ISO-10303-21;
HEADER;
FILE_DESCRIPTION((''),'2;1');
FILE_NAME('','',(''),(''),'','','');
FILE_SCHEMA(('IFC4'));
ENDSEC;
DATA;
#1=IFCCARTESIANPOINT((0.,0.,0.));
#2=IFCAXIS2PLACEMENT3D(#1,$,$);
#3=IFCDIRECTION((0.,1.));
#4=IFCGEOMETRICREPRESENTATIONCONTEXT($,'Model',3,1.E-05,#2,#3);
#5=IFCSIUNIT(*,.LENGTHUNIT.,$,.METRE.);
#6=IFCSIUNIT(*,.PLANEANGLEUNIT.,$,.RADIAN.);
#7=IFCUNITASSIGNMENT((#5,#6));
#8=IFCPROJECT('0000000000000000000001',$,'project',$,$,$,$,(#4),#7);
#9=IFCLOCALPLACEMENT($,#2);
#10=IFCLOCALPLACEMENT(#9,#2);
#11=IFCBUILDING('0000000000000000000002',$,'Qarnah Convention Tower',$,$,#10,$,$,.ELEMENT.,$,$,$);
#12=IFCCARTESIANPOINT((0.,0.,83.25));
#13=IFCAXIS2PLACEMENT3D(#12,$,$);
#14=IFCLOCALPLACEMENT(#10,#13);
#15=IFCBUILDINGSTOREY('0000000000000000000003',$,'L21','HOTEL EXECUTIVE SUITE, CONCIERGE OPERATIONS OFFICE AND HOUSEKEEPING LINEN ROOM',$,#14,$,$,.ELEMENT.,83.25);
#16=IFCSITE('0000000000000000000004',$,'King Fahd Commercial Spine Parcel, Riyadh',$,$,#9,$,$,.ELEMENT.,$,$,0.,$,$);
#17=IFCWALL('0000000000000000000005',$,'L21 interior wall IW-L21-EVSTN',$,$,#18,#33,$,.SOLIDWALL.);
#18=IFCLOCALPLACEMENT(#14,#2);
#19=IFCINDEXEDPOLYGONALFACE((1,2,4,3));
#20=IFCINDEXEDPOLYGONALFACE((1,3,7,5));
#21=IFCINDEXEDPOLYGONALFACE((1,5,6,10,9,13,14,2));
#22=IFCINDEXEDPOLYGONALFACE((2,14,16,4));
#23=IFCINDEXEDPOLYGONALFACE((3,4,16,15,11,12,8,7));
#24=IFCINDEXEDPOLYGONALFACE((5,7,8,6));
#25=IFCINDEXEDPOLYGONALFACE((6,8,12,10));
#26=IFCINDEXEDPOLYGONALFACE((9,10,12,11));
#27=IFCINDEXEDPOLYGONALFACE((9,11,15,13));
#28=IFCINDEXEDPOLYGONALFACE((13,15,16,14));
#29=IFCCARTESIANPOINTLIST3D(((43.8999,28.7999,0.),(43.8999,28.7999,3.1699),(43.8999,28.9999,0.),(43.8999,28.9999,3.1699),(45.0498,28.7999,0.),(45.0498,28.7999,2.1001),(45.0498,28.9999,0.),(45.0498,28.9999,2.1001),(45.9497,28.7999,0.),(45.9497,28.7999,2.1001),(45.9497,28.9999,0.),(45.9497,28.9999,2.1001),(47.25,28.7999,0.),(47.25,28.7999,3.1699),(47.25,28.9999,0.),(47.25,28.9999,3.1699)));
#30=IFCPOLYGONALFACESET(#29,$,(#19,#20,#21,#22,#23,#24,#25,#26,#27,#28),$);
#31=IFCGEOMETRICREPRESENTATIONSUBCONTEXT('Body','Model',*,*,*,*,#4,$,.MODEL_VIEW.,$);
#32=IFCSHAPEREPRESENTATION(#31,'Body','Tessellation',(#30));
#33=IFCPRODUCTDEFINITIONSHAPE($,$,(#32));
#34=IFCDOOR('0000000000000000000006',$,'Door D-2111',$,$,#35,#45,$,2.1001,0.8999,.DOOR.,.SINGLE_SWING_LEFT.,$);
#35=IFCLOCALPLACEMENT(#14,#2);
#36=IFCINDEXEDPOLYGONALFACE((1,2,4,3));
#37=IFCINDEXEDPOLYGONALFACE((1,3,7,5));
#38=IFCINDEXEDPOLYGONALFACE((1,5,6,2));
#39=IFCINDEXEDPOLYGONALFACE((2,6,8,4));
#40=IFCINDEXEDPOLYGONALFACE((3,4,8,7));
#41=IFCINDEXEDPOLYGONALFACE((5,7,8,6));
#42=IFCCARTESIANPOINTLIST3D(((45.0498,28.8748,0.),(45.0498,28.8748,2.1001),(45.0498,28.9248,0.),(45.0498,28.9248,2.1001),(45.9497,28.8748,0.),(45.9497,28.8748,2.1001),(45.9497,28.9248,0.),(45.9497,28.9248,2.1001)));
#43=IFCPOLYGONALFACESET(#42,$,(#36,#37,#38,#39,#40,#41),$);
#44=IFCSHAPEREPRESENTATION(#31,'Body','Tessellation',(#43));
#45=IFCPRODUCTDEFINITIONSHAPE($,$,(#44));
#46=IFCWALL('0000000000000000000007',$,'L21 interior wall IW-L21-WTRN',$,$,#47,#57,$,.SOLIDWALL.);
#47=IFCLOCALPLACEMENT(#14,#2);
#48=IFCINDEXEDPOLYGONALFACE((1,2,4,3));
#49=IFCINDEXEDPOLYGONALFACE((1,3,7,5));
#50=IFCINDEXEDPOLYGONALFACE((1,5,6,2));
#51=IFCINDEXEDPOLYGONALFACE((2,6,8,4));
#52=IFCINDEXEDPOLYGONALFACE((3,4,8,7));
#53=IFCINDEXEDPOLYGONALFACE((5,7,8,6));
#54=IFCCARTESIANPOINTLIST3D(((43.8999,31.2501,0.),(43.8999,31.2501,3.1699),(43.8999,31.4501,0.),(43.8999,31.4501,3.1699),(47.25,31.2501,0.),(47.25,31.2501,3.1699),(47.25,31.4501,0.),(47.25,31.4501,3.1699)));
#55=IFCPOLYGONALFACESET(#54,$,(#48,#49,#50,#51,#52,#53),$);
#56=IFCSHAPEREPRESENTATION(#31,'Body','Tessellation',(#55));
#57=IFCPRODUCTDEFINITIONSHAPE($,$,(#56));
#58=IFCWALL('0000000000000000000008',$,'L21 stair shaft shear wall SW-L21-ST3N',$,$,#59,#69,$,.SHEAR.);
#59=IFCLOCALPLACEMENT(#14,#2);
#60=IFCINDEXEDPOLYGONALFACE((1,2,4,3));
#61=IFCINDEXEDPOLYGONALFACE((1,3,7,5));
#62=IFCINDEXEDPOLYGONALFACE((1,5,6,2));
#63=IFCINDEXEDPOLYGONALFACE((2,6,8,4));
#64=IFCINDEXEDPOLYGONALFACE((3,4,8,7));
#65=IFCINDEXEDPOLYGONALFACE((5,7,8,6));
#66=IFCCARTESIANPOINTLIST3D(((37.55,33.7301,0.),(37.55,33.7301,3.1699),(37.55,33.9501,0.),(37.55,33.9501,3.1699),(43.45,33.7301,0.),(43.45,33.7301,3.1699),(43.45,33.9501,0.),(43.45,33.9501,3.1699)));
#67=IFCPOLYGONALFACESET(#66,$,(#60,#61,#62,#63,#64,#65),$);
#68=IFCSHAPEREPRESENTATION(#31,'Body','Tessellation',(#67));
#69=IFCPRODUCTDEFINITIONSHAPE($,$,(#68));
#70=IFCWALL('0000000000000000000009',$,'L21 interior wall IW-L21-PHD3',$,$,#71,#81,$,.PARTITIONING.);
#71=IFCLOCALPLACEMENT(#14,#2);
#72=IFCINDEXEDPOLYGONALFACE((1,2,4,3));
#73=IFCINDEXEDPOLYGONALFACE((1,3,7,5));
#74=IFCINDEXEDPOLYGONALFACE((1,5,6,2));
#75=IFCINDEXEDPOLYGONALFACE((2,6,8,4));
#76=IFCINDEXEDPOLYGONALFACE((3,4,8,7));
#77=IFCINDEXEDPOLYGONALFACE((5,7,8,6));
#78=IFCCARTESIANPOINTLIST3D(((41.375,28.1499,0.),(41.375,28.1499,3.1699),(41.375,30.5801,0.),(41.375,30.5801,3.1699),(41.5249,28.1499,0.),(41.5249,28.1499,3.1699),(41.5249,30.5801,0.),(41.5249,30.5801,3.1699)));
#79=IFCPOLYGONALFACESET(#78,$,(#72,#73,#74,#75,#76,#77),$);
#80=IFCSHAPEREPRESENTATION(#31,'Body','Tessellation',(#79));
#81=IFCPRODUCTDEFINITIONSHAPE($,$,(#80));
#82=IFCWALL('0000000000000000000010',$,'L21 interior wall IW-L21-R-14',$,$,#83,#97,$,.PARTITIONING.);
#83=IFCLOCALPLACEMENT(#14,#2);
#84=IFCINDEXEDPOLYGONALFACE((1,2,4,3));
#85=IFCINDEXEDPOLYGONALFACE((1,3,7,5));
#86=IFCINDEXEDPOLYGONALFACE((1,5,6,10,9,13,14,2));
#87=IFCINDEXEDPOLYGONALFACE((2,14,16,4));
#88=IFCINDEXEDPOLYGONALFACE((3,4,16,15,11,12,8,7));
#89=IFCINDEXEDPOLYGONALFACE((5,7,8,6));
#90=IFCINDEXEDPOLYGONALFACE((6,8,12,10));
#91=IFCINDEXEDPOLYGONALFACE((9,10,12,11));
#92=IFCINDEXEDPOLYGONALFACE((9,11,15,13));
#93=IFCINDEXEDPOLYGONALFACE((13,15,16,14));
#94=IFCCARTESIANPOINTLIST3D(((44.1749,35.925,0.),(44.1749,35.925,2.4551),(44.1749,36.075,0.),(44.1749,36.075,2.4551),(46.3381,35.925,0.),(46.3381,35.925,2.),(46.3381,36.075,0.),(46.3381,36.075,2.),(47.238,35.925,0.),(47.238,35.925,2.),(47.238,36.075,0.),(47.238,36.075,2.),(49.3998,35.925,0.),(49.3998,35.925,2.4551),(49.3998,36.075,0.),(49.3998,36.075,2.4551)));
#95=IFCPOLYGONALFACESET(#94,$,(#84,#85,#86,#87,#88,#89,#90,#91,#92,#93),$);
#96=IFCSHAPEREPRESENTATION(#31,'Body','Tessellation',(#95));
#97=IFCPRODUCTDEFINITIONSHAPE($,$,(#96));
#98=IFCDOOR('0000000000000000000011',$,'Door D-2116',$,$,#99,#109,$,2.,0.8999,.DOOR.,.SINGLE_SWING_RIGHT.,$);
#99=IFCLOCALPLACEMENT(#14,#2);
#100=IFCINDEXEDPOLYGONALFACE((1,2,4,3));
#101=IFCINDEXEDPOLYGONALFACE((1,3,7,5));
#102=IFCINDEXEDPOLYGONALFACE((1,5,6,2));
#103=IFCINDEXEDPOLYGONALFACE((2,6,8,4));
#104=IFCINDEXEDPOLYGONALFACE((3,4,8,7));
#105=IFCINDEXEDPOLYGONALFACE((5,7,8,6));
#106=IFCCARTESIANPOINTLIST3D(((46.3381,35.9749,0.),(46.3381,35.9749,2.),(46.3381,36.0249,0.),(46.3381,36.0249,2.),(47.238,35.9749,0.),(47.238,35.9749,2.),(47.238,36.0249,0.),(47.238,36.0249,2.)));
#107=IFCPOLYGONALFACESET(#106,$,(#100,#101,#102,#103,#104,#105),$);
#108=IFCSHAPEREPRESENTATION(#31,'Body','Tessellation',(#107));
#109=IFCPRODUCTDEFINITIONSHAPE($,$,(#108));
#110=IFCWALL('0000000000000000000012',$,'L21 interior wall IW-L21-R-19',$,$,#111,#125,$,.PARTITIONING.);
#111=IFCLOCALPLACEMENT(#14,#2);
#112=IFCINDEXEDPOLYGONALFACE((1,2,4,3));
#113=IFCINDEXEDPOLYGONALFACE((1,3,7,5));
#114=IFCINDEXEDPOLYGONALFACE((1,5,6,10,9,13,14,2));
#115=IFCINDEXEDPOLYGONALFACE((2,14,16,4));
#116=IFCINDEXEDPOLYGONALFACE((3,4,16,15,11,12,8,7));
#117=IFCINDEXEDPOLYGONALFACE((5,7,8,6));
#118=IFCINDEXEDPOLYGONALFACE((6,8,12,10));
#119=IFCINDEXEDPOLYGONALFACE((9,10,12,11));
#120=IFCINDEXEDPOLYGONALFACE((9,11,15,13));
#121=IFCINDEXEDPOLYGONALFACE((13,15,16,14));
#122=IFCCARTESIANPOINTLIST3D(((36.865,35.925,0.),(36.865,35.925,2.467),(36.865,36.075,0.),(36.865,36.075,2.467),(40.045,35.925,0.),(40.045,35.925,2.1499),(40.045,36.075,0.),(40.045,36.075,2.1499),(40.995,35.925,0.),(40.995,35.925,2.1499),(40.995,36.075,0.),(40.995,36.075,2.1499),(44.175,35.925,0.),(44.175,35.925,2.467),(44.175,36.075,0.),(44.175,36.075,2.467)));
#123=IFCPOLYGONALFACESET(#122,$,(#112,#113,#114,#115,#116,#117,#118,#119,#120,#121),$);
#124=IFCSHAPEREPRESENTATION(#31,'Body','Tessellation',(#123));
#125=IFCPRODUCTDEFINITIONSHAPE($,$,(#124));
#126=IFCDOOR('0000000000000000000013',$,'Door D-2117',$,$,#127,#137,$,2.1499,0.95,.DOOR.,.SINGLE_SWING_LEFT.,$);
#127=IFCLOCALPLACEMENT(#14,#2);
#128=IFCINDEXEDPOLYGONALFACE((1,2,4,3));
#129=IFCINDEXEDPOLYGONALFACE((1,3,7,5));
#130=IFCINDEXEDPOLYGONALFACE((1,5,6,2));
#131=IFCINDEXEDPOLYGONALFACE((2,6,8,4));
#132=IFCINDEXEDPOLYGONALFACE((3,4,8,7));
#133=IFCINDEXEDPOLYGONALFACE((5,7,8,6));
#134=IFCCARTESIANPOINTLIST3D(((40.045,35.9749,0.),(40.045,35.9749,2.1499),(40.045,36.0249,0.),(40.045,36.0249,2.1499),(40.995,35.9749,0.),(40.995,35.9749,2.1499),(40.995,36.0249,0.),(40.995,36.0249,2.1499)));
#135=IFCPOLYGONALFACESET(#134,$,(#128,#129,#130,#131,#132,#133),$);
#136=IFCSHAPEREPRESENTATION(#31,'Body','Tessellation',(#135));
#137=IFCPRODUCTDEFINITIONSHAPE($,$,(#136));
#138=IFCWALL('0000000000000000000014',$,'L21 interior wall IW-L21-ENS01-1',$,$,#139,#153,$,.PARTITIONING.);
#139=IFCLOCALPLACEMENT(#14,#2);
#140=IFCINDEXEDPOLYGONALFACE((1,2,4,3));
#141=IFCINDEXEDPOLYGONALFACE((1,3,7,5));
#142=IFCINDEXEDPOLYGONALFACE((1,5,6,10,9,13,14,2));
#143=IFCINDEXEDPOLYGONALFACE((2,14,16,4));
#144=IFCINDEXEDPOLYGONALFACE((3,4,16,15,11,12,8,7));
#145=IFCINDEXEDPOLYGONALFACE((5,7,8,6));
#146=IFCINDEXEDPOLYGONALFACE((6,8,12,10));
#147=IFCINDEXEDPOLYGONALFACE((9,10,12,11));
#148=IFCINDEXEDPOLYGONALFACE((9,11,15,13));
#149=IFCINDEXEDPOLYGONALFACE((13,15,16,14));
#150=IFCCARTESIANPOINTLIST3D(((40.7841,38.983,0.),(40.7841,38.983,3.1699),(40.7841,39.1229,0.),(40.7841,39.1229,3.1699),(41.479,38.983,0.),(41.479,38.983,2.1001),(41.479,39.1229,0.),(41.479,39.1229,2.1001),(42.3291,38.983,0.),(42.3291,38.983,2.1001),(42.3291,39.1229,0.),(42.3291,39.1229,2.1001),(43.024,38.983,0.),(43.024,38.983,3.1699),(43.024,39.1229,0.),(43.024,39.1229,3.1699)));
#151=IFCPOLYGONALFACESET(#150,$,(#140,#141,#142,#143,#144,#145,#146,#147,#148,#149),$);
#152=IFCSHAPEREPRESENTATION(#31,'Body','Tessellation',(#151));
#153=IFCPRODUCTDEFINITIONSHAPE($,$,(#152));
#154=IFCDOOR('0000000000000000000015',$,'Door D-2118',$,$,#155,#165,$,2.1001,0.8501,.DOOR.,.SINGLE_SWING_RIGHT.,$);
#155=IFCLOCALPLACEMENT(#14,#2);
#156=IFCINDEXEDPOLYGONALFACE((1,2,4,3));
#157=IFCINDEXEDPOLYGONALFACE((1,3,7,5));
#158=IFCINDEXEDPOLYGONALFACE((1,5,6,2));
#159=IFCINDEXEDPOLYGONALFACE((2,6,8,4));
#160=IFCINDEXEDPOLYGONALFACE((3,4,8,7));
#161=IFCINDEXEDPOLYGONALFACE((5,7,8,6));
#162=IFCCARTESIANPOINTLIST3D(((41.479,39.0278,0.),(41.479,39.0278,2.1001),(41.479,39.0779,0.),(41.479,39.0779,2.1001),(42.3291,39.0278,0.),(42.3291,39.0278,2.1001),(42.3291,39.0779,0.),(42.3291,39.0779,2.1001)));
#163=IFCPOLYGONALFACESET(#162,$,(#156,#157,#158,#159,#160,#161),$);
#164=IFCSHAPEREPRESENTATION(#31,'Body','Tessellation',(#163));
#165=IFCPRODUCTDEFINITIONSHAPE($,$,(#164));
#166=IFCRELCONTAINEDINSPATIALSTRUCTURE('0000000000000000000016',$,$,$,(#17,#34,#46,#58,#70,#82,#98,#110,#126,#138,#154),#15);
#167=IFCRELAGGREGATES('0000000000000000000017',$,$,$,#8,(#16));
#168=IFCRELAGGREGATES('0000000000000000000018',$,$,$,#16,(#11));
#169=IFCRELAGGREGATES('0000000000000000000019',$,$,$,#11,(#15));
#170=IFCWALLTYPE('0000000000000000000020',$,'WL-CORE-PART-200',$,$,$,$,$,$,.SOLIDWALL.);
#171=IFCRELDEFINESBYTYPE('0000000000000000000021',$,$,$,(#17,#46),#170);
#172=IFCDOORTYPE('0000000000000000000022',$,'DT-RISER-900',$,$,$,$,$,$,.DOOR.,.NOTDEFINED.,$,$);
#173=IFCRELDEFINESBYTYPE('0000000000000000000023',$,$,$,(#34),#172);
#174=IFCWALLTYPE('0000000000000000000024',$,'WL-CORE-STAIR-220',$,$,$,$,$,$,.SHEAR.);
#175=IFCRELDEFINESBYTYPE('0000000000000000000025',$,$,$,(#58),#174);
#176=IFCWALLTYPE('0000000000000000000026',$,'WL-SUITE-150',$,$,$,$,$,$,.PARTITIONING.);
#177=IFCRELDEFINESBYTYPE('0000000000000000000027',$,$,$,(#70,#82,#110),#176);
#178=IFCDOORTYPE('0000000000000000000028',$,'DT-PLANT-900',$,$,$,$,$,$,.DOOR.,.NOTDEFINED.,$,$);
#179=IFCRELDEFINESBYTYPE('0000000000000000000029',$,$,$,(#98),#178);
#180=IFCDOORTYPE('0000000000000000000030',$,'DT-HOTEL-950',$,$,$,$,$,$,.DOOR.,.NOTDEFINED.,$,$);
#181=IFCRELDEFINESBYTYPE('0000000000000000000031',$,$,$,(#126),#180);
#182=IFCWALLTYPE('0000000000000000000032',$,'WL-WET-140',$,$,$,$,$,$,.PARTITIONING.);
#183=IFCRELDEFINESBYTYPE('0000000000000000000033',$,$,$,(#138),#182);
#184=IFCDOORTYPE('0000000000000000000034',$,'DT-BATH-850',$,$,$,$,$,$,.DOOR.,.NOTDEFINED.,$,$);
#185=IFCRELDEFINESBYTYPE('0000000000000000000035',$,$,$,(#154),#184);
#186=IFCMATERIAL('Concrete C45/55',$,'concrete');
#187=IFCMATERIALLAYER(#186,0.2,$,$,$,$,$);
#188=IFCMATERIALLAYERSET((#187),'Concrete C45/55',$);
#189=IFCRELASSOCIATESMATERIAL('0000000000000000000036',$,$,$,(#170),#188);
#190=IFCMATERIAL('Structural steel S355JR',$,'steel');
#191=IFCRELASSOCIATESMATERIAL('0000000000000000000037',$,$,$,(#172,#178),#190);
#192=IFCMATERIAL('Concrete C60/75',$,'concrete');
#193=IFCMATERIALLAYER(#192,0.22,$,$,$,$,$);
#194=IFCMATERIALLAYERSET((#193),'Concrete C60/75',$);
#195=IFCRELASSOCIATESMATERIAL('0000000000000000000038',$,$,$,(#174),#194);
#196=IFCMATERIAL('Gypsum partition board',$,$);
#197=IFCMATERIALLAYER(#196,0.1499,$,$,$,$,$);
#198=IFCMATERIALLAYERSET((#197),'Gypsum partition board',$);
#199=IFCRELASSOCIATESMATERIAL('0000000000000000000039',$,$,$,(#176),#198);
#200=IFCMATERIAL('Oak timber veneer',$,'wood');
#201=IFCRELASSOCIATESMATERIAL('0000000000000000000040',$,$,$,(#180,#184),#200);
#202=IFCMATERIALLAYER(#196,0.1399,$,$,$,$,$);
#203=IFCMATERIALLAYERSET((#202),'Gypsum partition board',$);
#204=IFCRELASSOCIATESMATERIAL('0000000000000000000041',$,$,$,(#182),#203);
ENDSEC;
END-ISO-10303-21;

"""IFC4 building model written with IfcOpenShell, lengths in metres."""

from ifc_helpers import new_model, si_unit, direction, frame, frame_2d, origin, place, context, subcontext, project, spatial, rectangle, extrude, material, layer, layer_set, type_object, element, fill, save


model = new_model("IFC4")

# Units and contexts
model_context = context("Model", 3, precision=1e-05, world=origin(), true_north=direction((0.0, 1.0)))
body_context = subcontext(model_context, "Body", "Model", "MODEL_VIEW")
ifc_project = project(units=[si_unit("LENGTHUNIT", "METRE"), si_unit("PLANEANGLEUNIT", "RADIAN")], contexts=[model_context])

# Site, building, storey
site_placement = place(None, origin())
site = spatial("IfcSite", under=ifc_project, at=site_placement, Name="King Fahd Commercial Spine Parcel, Riyadh", CompositionType="ELEMENT", RefElevation=0.0)
building_placement = place(site_placement, origin())
building = spatial("IfcBuilding", under=site, at=building_placement, Name="Qarnah Convention Tower", CompositionType="ELEMENT")
storey_placement = place(building_placement, frame((0.0, 0.0, 83.25)))
storey = spatial("IfcBuildingStorey", under=building, at=storey_placement, Name="L21", Description="HOTEL EXECUTIVE SUITE, CONCIERGE OPERATIONS OFFICE AND HOUSEKEEPING LINEN ROOM", CompositionType="ELEMENT", Elevation=83.25)

# Shared definitions
ifc_material_1 = material(Name="Structural steel S355JR", Category="steel")

# Wall, opening, door
ifc_material_2 = material(Name="Concrete C45/55", Category="concrete")
ifc_layer_1 = layer(ifc_material_2, 0.2)
ifc_layer_set_1 = layer_set([ifc_layer_1], Name="Concrete C45/55")
wall_type_1 = type_object("IfcWallType", Name="WL-CORE-PART-200", PredefinedType="SOLIDWALL", material=ifc_layer_set_1)
wall_1_placement = place(storey_placement, frame((43.8999, 28.8999, 0.0), z_axis=(0.0, 0.0, 1.0), x_axis=(1.0, 0.0, 0.0)))
wall_1 = element("IfcWall", 1, at=wall_1_placement, inside=storey, type_object=wall_type_1, Name="L21 interior wall IW-L21-EVSTN", PredefinedType="SOLIDWALL", context=body_context, shape_type="SweptSolid", body=[
    extrude(rectangle(XDim=3.3501, YDim=0.2, at=frame_2d((1.675, 0.0))), origin(), (0.0, 0.0, 1.0), 3.1699),
])
opening_1_placement = place(wall_1_placement, frame((1.1499, 0.0, 0.0)))
opening_1 = element("IfcOpeningElement", 2, at=opening_1_placement, cuts=wall_1, PredefinedType="OPENING", context=body_context, shape_type="SweptSolid", body=[
    extrude(rectangle(XDim=0.8999, YDim=2.1001, at=frame_2d((0.45, 1.05))), frame((0.0, 0.1099, 0.0), z_axis=(0.0, -1.0, 0.0), x_axis=(1.0, 0.0, 0.0)), (0.0, 0.0, 1.0), 0.22),
])
door_type_1 = type_object("IfcDoorType", Name="DT-RISER-900", OperationType="NOTDEFINED", PredefinedType="DOOR", material=ifc_material_1)
door_1_placement = place(opening_1_placement, origin())
door_1 = element("IfcDoor", 3, at=door_1_placement, inside=storey, type_object=door_type_1, Name="Door D-2111", OperationType="SINGLE_SWING_LEFT", OverallHeight=2.1001, OverallWidth=0.8999, PredefinedType="DOOR", context=body_context, shape_type="SweptSolid", body=[
    extrude(rectangle(XDim=0.8999, YDim=2.1001, at=frame_2d((0.45, 1.05))), frame((0.0, 0.0249, 0.0), z_axis=(0.0, -1.0, 0.0), x_axis=(1.0, 0.0, 0.0)), (0.0, 0.0, 1.0), 0.05),
])
fill(opening_1, door_1)

# Walls
wall_2_placement = place(storey_placement, frame((43.8999, 31.3501, 0.0), z_axis=(0.0, 0.0, 1.0), x_axis=(1.0, 0.0, 0.0)))
element("IfcWall", 4, at=wall_2_placement, inside=storey, type_object=wall_type_1, Name="L21 interior wall IW-L21-WTRN", PredefinedType="SOLIDWALL", context=body_context, shape_type="SweptSolid", body=[
    extrude(rectangle(XDim=3.3501, YDim=0.2, at=frame_2d((1.675, 0.0))), origin(), (0.0, 0.0, 1.0), 3.1699),
])
ifc_material_3 = material(Name="Concrete C60/75", Category="concrete")
ifc_layer_2 = layer(ifc_material_3, 0.22)
ifc_layer_set_2 = layer_set([ifc_layer_2], Name="Concrete C60/75")
wall_type_2 = type_object("IfcWallType", Name="WL-CORE-STAIR-220", PredefinedType="SHEAR", material=ifc_layer_set_2)
wall_3_placement = place(storey_placement, frame((37.55, 33.8401, 0.0), z_axis=(0.0, 0.0, 1.0), x_axis=(1.0, 0.0, 0.0)))
element("IfcWall", 5, at=wall_3_placement, inside=storey, type_object=wall_type_2, Name="L21 stair shaft shear wall SW-L21-ST3N", PredefinedType="SHEAR", context=body_context, shape_type="SweptSolid", body=[
    extrude(rectangle(XDim=5.8999, YDim=0.22, at=frame_2d((2.95, 0.0))), origin(), (0.0, 0.0, 1.0), 3.1699),
])
ifc_material_4 = material(Name="Gypsum partition board")
ifc_layer_3 = layer(ifc_material_4, 0.1499)
ifc_layer_set_3 = layer_set([ifc_layer_3], Name="Gypsum partition board")
wall_type_3 = type_object("IfcWallType", Name="WL-SUITE-150", PredefinedType="PARTITIONING", material=ifc_layer_set_3)
wall_4_placement = place(storey_placement, frame((41.45, 28.1499, 0.0), z_axis=(0.0, 0.0, 1.0), x_axis=(0.0, 1.0, 0.0)))
element("IfcWall", 6, at=wall_4_placement, inside=storey, type_object=wall_type_3, Name="L21 interior wall IW-L21-PHD3", PredefinedType="PARTITIONING", context=body_context, shape_type="SweptSolid", body=[
    extrude(rectangle(XDim=2.4302, YDim=0.1499, at=frame_2d((1.2151, 0.0))), origin(), (0.0, 0.0, 1.0), 3.1699),
])

# Walls, openings, doors
wall_5_placement = place(storey_placement, frame((44.175, 36.0, 0.0), z_axis=(0.0, 0.0, 1.0), x_axis=(1.0, 0.0, 0.0)))
wall_5 = element("IfcWall", 7, at=wall_5_placement, inside=storey, type_object=wall_type_3, Name="L21 interior wall IW-L21-R-14", PredefinedType="PARTITIONING", context=body_context, shape_type="SweptSolid", body=[
    extrude(rectangle(XDim=5.2249, YDim=0.1499, at=frame_2d((2.6123, 0.0))), origin(), (0.0, 0.0, 1.0), 2.4551),
])
opening_2_placement = place(wall_5_placement, frame((2.1631, 0.0, 0.0)))
opening_2 = element("IfcOpeningElement", 8, at=opening_2_placement, cuts=wall_5, PredefinedType="OPENING", context=body_context, shape_type="SweptSolid", body=[
    extrude(rectangle(XDim=0.8999, YDim=2.0, at=frame_2d((0.45, 1.0))), frame((0.0, 0.085, 0.0), z_axis=(0.0, -1.0, 0.0), x_axis=(1.0, 0.0, 0.0)), (0.0, 0.0, 1.0), 0.1699),
])
door_type_2 = type_object("IfcDoorType", Name="DT-PLANT-900", OperationType="NOTDEFINED", PredefinedType="DOOR", material=ifc_material_1)
door_2_placement = place(opening_2_placement, origin())
door_2 = element("IfcDoor", 9, at=door_2_placement, inside=storey, type_object=door_type_2, Name="Door D-2116", OperationType="SINGLE_SWING_RIGHT", OverallHeight=2.0, OverallWidth=0.8999, PredefinedType="DOOR", context=body_context, shape_type="SweptSolid", body=[
    extrude(rectangle(XDim=0.8999, YDim=2.0, at=frame_2d((0.45, 1.0))), frame((0.0, 0.0249, 0.0), z_axis=(0.0, -1.0, 0.0), x_axis=(1.0, 0.0, 0.0)), (0.0, 0.0, 1.0), 0.05),
])
fill(opening_2, door_2)
wall_6_placement = place(storey_placement, frame((36.865, 36.0, 0.0), z_axis=(0.0, 0.0, 1.0), x_axis=(1.0, 0.0, 0.0)))
wall_6 = element("IfcWall", 10, at=wall_6_placement, inside=storey, type_object=wall_type_3, Name="L21 interior wall IW-L21-R-19", PredefinedType="PARTITIONING", context=body_context, shape_type="SweptSolid", body=[
    extrude(rectangle(XDim=7.3101, YDim=0.1499, at=frame_2d((3.655, 0.0))), origin(), (0.0, 0.0, 1.0), 2.467),
])
opening_3_placement = place(wall_6_placement, frame((3.1799, 0.0, 0.0)))
opening_3 = element("IfcOpeningElement", 11, at=opening_3_placement, cuts=wall_6, PredefinedType="OPENING", context=body_context, shape_type="SweptSolid", body=[
    extrude(rectangle(XDim=0.95, YDim=2.1499, at=frame_2d((0.4751, 1.075))), frame((0.0, 0.085, 0.0), z_axis=(0.0, -1.0, 0.0), x_axis=(1.0, 0.0, 0.0)), (0.0, 0.0, 1.0), 0.1699),
])
ifc_material_5 = material(Name="Oak timber veneer", Category="wood")
door_type_3 = type_object("IfcDoorType", Name="DT-HOTEL-950", OperationType="NOTDEFINED", PredefinedType="DOOR", material=ifc_material_5)
door_3_placement = place(opening_3_placement, origin())
door_3 = element("IfcDoor", 12, at=door_3_placement, inside=storey, type_object=door_type_3, Name="Door D-2117", OperationType="SINGLE_SWING_LEFT", OverallHeight=2.1499, OverallWidth=0.95, PredefinedType="DOOR", context=body_context, shape_type="SweptSolid", body=[
    extrude(rectangle(XDim=0.95, YDim=2.1499, at=frame_2d((0.4751, 1.075))), frame((0.0, 0.0249, 0.0), z_axis=(0.0, -1.0, 0.0), x_axis=(1.0, 0.0, 0.0)), (0.0, 0.0, 1.0), 0.05),
])
fill(opening_3, door_3)
ifc_layer_4 = layer(ifc_material_4, 0.1399)
ifc_layer_set_4 = layer_set([ifc_layer_4], Name="Gypsum partition board")
wall_type_4 = type_object("IfcWallType", Name="WL-WET-140", PredefinedType="PARTITIONING", material=ifc_layer_set_4)
wall_7_placement = place(storey_placement, frame((40.7839, 39.053, 0.0), z_axis=(0.0, 0.0, 1.0), x_axis=(1.0, 0.0, 0.0)))
wall_7 = element("IfcWall", 13, at=wall_7_placement, inside=storey, type_object=wall_type_4, Name="L21 interior wall IW-L21-ENS01-1", PredefinedType="PARTITIONING", context=body_context, shape_type="SweptSolid", body=[
    extrude(rectangle(XDim=2.24, YDim=0.1399, at=frame_2d((1.1201, 0.0))), origin(), (0.0, 0.0, 1.0), 3.1699),
])
opening_4_placement = place(wall_7_placement, frame((0.6951, 0.0, 0.0)))
opening_4 = element("IfcOpeningElement", 14, at=opening_4_placement, cuts=wall_7, PredefinedType="OPENING", context=body_context, shape_type="SweptSolid", body=[
    extrude(rectangle(XDim=0.8501, YDim=2.1001, at=frame_2d((0.425, 1.05))), frame((0.0, 0.0798, 0.0), z_axis=(0.0, -1.0, 0.0), x_axis=(1.0, 0.0, 0.0)), (0.0, 0.0, 1.0), 0.1599),
])
door_type_4 = type_object("IfcDoorType", Name="DT-BATH-850", OperationType="NOTDEFINED", PredefinedType="DOOR", material=ifc_material_5)
door_4_placement = place(opening_4_placement, origin())
door_4 = element("IfcDoor", 15, at=door_4_placement, inside=storey, type_object=door_type_4, Name="Door D-2118", OperationType="SINGLE_SWING_RIGHT", OverallHeight=2.1001, OverallWidth=0.8501, PredefinedType="DOOR", context=body_context, shape_type="SweptSolid", body=[
    extrude(rectangle(XDim=0.8501, YDim=2.1001, at=frame_2d((0.425, 1.05))), frame((0.0, 0.0249, 0.0), z_axis=(0.0, -1.0, 0.0), x_axis=(1.0, 0.0, 0.0)), (0.0, 0.0, 1.0), 0.05),
])
fill(opening_4, door_4)

save(model, "model.ifc")
